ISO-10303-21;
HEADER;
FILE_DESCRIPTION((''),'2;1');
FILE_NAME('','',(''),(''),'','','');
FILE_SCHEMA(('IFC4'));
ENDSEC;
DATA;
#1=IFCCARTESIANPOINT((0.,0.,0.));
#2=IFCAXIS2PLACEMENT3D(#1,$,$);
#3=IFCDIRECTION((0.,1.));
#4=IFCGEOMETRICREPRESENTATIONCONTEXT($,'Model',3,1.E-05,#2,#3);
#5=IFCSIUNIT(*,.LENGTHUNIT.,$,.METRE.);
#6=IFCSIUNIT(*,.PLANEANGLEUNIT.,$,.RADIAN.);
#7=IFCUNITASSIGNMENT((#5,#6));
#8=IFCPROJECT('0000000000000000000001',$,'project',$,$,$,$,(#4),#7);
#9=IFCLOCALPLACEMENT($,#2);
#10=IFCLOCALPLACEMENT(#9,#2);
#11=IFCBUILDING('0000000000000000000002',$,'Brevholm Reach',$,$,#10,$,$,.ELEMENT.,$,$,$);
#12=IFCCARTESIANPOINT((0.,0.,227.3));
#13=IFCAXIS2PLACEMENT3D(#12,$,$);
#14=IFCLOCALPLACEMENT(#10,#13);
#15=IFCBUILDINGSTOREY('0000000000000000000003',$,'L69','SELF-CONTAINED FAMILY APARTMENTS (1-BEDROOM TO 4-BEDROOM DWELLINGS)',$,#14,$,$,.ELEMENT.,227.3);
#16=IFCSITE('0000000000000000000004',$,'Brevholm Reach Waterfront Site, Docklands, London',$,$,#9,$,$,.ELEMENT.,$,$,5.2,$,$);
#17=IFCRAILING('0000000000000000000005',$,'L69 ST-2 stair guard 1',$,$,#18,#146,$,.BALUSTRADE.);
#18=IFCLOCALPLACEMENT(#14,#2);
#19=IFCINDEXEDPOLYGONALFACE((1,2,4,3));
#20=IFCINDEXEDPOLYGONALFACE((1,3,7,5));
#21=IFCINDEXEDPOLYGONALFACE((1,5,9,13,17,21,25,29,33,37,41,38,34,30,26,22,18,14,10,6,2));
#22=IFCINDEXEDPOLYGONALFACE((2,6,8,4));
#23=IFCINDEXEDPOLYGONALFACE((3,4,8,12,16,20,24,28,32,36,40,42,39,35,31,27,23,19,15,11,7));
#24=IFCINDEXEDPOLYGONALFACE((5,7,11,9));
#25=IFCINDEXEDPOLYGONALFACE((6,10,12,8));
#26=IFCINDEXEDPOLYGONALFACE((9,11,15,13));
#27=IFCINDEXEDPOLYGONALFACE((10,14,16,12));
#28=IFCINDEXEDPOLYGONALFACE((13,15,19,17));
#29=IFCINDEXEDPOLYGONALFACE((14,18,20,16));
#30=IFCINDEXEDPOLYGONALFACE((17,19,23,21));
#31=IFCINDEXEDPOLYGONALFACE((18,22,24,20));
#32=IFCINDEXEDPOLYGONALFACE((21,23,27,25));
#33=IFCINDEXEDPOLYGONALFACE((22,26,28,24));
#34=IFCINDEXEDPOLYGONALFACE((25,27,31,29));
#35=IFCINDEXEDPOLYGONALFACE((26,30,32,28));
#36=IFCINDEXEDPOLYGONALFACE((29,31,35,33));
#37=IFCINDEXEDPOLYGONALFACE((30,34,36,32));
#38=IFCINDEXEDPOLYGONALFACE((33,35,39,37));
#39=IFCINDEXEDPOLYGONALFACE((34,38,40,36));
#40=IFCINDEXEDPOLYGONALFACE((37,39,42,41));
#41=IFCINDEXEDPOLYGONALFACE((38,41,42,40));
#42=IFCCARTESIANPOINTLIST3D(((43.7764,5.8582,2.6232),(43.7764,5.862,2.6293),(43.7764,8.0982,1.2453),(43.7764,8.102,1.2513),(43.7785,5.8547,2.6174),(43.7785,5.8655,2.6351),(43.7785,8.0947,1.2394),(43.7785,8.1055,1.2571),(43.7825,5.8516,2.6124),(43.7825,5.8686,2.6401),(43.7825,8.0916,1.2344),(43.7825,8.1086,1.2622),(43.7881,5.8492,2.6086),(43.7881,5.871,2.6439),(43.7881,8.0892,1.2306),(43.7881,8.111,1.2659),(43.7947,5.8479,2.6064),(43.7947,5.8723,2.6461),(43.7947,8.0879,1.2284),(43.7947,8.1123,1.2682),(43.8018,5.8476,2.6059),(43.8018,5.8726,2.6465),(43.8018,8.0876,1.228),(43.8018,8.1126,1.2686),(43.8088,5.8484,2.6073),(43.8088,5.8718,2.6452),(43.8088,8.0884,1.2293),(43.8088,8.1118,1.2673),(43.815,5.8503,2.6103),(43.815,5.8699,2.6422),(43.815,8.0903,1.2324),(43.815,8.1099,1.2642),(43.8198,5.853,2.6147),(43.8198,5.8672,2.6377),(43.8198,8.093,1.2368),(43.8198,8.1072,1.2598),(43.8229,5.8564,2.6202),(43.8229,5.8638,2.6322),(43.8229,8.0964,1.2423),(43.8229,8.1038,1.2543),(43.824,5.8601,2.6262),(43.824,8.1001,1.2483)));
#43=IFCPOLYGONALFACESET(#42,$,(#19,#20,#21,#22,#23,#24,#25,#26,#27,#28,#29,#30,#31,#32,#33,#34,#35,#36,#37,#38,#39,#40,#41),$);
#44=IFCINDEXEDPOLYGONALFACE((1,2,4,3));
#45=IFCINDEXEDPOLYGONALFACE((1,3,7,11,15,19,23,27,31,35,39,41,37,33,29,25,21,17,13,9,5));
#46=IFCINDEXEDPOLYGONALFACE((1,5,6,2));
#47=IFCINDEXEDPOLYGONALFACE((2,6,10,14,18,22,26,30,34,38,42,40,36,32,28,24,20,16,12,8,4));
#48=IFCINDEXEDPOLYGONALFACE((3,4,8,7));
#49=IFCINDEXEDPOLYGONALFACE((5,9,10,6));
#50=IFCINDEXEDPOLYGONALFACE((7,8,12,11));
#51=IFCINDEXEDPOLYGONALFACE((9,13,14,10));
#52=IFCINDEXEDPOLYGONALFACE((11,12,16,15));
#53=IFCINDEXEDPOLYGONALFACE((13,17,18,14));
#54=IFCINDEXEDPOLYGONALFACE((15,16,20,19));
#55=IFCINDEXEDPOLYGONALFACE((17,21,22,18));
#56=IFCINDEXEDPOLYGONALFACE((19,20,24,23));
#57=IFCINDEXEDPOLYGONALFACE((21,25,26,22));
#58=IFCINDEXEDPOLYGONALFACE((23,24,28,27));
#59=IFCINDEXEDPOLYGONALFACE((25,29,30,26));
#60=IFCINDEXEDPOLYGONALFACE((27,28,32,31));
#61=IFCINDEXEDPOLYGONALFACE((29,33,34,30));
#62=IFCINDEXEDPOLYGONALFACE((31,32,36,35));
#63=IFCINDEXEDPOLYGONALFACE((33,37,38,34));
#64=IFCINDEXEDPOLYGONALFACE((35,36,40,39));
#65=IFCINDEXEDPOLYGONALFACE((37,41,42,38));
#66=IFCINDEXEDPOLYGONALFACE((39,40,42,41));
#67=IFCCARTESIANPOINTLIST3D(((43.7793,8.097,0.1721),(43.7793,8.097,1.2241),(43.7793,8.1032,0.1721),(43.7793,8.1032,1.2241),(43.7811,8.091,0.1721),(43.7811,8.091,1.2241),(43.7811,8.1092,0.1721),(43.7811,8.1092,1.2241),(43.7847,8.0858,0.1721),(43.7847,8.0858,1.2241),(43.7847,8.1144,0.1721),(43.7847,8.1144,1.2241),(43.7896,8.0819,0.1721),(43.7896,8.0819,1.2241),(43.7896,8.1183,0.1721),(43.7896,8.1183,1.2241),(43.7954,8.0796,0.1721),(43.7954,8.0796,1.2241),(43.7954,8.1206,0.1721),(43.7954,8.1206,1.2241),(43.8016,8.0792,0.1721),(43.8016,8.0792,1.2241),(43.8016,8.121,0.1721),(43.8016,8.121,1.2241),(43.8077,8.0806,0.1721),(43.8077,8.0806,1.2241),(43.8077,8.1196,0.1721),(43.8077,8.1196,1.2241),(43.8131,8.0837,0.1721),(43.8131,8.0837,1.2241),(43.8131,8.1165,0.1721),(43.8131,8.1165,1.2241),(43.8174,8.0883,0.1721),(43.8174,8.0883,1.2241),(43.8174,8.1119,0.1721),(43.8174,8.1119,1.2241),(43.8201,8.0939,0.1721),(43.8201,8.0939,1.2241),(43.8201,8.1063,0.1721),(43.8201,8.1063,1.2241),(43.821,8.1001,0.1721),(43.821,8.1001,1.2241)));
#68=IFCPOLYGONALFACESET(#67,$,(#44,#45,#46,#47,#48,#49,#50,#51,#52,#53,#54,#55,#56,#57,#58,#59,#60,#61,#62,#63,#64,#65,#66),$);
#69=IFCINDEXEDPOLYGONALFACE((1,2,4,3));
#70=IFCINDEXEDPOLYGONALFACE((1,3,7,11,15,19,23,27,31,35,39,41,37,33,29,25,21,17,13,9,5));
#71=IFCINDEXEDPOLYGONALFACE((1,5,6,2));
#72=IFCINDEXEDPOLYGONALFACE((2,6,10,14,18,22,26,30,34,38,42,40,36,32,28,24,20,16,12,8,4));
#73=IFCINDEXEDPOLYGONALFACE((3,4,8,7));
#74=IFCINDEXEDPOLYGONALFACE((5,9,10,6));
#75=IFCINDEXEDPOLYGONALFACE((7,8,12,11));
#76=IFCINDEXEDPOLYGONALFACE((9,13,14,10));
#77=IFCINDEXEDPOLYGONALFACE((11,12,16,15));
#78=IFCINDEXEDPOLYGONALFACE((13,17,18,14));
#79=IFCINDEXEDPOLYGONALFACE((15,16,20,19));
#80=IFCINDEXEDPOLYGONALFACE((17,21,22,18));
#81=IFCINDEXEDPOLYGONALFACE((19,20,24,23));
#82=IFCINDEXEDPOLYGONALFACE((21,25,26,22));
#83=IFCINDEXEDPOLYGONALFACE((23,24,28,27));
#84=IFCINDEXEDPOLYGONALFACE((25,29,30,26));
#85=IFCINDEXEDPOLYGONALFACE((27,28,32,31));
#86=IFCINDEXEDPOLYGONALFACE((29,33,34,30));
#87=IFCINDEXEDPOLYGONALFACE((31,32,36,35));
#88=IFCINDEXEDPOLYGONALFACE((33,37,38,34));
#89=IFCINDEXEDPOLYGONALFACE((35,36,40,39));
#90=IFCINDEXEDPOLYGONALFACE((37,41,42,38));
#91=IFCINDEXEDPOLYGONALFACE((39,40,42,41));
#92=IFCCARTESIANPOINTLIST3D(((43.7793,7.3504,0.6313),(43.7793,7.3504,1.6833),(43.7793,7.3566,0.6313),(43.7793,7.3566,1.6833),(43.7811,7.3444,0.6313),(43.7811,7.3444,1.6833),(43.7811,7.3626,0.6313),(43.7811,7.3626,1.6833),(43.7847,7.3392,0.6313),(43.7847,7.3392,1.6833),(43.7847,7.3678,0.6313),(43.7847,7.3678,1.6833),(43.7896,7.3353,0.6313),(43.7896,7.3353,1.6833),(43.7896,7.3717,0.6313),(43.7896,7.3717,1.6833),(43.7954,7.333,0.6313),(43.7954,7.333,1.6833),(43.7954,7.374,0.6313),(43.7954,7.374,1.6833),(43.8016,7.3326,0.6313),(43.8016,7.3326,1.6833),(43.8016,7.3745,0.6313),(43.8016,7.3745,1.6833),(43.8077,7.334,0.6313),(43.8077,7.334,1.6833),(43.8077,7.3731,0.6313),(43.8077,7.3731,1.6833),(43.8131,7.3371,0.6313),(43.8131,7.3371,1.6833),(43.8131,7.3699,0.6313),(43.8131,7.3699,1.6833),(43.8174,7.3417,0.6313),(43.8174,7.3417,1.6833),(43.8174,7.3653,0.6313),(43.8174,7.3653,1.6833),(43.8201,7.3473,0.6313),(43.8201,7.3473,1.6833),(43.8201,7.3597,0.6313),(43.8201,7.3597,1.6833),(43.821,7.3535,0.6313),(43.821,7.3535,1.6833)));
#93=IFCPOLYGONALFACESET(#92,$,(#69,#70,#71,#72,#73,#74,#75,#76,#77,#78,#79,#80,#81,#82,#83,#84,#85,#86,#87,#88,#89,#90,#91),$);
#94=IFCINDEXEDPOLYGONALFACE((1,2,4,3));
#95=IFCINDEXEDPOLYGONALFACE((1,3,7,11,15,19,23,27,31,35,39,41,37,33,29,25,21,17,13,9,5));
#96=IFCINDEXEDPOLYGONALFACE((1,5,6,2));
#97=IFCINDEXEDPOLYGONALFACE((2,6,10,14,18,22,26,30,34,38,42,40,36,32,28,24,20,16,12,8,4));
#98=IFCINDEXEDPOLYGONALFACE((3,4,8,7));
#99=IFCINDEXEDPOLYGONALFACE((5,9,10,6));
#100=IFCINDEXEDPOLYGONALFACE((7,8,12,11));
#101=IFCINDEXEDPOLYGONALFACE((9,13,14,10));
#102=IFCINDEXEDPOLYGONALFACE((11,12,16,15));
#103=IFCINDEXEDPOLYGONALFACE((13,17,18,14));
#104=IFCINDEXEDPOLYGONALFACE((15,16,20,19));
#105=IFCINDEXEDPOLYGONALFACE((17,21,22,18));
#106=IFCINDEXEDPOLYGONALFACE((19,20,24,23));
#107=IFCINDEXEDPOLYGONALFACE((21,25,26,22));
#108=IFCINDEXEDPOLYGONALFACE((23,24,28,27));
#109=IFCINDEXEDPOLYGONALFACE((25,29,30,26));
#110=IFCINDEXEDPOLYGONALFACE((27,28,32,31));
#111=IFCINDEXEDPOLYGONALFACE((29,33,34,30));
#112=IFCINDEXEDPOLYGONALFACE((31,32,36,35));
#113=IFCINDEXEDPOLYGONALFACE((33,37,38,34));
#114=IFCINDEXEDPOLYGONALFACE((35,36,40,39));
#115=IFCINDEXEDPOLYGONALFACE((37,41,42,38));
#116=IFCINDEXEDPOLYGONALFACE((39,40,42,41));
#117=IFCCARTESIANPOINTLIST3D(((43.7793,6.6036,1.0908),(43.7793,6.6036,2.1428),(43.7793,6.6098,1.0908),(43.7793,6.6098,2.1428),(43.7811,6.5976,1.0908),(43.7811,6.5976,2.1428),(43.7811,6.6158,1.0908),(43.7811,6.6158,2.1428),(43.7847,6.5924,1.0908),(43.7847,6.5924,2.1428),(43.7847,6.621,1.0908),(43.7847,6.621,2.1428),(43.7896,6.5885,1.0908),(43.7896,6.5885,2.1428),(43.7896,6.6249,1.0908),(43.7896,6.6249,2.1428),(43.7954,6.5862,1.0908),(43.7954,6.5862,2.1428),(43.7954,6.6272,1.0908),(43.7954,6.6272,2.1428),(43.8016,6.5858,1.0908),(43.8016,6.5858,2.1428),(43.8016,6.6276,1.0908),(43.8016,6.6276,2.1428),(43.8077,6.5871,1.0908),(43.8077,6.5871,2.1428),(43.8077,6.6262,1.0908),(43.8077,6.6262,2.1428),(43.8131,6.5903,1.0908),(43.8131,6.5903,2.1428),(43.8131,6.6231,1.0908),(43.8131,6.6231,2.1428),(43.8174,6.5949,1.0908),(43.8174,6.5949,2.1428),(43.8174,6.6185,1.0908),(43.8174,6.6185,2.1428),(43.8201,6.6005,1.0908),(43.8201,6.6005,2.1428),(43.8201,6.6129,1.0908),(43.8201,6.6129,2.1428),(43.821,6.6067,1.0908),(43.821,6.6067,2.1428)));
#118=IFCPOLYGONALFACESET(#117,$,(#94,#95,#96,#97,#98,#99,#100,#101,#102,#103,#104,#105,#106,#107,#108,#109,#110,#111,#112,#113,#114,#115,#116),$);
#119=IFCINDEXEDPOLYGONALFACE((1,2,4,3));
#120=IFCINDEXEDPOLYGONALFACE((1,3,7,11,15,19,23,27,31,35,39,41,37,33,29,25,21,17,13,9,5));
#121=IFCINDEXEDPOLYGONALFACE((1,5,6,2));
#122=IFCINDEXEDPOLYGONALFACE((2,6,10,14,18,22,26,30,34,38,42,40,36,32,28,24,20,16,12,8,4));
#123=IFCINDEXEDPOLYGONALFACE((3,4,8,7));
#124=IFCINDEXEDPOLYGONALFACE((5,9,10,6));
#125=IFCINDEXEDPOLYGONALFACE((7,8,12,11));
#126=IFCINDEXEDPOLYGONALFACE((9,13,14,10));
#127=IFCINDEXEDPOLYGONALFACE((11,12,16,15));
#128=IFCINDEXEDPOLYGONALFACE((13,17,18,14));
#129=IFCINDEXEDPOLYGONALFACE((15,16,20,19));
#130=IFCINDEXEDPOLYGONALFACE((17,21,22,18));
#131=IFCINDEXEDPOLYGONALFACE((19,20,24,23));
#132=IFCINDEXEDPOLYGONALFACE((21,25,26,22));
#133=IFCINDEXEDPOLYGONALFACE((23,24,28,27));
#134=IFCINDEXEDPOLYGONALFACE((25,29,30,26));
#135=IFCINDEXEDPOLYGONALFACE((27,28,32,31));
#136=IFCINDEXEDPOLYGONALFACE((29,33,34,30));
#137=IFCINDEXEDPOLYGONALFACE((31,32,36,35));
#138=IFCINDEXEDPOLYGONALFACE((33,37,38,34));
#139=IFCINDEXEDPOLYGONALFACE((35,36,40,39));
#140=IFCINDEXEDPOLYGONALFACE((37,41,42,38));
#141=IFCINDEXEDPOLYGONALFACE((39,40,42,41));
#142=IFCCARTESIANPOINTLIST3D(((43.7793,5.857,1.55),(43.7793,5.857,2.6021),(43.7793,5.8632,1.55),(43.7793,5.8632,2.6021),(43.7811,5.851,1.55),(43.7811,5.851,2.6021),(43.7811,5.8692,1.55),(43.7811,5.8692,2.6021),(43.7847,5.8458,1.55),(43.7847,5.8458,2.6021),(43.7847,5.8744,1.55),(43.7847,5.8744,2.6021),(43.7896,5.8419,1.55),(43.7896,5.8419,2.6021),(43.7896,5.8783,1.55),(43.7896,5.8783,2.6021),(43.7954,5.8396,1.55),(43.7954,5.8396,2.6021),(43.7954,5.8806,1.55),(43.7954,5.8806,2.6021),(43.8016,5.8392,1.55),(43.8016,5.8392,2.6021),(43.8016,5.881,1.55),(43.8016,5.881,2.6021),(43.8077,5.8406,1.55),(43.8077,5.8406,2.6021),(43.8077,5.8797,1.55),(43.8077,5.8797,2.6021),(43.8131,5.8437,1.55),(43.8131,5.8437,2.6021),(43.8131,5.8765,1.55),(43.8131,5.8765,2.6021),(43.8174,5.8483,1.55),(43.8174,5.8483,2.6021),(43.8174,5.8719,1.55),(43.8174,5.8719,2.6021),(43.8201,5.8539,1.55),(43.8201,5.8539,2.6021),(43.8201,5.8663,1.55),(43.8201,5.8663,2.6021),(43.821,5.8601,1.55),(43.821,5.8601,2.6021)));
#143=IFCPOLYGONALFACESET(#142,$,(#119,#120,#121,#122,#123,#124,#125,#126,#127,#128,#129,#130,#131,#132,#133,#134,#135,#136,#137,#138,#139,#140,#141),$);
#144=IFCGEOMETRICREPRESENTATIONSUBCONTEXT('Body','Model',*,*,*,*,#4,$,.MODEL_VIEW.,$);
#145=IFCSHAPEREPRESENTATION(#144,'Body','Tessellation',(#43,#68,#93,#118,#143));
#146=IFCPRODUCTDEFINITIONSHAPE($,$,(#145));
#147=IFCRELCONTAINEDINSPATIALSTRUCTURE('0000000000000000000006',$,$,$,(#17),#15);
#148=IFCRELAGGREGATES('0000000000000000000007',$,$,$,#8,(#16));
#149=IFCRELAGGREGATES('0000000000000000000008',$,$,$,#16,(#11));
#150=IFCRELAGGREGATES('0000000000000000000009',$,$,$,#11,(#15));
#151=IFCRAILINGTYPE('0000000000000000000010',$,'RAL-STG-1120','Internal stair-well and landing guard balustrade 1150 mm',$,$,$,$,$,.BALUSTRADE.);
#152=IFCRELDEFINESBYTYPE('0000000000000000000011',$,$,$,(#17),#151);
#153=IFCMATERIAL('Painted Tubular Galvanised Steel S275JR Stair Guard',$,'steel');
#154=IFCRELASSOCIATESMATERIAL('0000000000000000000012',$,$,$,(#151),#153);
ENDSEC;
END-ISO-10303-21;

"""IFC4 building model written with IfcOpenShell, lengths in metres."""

from ifc_helpers import new_model, si_unit, direction, frame, origin, origin_2d, place, context, subcontext, project, spatial, circle, extrude, material, type_object, element, save


model = new_model("IFC4")

# Units and contexts
model_context = context("Model", 3, precision=1e-05, world=origin(), true_north=direction((0.0, 1.0)))
body_context = subcontext(model_context, "Body", "Model", "MODEL_VIEW")
ifc_project = project(units=[si_unit("LENGTHUNIT", "METRE"), si_unit("PLANEANGLEUNIT", "RADIAN")], contexts=[model_context])

# Site, building, storey
site_placement = place(None, origin())
site = spatial("IfcSite", under=ifc_project, at=site_placement, Name="Brevholm Reach Waterfront Site, Docklands, London", CompositionType="ELEMENT", RefElevation=5.2)
building_placement = place(site_placement, origin())
building = spatial("IfcBuilding", under=site, at=building_placement, Name="Brevholm Reach", CompositionType="ELEMENT")
storey_placement = place(building_placement, frame((0.0, 0.0, 227.3)))
storey = spatial("IfcBuildingStorey", under=building, at=storey_placement, Name="L69", Description="SELF-CONTAINED FAMILY APARTMENTS (1-BEDROOM TO 4-BEDROOM DWELLINGS)", CompositionType="ELEMENT", Elevation=227.3)

# Railing
ifc_material_1 = material(Name="Painted Tubular Galvanised Steel S275JR Stair Guard", Category="steel")
railing_type_1 = type_object("IfcRailingType", Name="RAL-STG-1120", Description="Internal stair-well and landing guard balustrade 1150 mm", PredefinedType="BALUSTRADE", material=ifc_material_1)
railing_1_placement = place(storey_placement, frame((43.8, 8.1001, 0.1721)))
element("IfcRailing", 1, at=railing_1_placement, inside=storey, type_object=railing_type_1, Name="L69 ST-2 stair guard 1", PredefinedType="BALUSTRADE", context=body_context, shape_type="SweptSolid", body=[
    extrude(circle(Radius=0.0239, at=origin_2d()), frame((0.0, 0.0, 1.0762), z_axis=(0.0, -0.851748, 0.523952), x_axis=(1.0, 0.0, 0.0)), (0.0, 0.0, 1.0), 2.6299),
    extrude(circle(Radius=0.021, at=origin_2d()), origin(), (0.0, 0.0, 1.0), 1.052),
    extrude(circle(Radius=0.021, at=origin_2d()), frame((0.0, -0.7466, 0.4592)), (0.0, 0.0, 1.0), 1.052),
    extrude(circle(Radius=0.021, at=origin_2d()), frame((0.0, -1.4934, 0.9187)), (0.0, 0.0, 1.0), 1.052),
    extrude(circle(Radius=0.021, at=origin_2d()), frame((0.0, -2.24, 1.3779)), (0.0, 0.0, 1.0), 1.052),
])

save(model, "model.ifc")
